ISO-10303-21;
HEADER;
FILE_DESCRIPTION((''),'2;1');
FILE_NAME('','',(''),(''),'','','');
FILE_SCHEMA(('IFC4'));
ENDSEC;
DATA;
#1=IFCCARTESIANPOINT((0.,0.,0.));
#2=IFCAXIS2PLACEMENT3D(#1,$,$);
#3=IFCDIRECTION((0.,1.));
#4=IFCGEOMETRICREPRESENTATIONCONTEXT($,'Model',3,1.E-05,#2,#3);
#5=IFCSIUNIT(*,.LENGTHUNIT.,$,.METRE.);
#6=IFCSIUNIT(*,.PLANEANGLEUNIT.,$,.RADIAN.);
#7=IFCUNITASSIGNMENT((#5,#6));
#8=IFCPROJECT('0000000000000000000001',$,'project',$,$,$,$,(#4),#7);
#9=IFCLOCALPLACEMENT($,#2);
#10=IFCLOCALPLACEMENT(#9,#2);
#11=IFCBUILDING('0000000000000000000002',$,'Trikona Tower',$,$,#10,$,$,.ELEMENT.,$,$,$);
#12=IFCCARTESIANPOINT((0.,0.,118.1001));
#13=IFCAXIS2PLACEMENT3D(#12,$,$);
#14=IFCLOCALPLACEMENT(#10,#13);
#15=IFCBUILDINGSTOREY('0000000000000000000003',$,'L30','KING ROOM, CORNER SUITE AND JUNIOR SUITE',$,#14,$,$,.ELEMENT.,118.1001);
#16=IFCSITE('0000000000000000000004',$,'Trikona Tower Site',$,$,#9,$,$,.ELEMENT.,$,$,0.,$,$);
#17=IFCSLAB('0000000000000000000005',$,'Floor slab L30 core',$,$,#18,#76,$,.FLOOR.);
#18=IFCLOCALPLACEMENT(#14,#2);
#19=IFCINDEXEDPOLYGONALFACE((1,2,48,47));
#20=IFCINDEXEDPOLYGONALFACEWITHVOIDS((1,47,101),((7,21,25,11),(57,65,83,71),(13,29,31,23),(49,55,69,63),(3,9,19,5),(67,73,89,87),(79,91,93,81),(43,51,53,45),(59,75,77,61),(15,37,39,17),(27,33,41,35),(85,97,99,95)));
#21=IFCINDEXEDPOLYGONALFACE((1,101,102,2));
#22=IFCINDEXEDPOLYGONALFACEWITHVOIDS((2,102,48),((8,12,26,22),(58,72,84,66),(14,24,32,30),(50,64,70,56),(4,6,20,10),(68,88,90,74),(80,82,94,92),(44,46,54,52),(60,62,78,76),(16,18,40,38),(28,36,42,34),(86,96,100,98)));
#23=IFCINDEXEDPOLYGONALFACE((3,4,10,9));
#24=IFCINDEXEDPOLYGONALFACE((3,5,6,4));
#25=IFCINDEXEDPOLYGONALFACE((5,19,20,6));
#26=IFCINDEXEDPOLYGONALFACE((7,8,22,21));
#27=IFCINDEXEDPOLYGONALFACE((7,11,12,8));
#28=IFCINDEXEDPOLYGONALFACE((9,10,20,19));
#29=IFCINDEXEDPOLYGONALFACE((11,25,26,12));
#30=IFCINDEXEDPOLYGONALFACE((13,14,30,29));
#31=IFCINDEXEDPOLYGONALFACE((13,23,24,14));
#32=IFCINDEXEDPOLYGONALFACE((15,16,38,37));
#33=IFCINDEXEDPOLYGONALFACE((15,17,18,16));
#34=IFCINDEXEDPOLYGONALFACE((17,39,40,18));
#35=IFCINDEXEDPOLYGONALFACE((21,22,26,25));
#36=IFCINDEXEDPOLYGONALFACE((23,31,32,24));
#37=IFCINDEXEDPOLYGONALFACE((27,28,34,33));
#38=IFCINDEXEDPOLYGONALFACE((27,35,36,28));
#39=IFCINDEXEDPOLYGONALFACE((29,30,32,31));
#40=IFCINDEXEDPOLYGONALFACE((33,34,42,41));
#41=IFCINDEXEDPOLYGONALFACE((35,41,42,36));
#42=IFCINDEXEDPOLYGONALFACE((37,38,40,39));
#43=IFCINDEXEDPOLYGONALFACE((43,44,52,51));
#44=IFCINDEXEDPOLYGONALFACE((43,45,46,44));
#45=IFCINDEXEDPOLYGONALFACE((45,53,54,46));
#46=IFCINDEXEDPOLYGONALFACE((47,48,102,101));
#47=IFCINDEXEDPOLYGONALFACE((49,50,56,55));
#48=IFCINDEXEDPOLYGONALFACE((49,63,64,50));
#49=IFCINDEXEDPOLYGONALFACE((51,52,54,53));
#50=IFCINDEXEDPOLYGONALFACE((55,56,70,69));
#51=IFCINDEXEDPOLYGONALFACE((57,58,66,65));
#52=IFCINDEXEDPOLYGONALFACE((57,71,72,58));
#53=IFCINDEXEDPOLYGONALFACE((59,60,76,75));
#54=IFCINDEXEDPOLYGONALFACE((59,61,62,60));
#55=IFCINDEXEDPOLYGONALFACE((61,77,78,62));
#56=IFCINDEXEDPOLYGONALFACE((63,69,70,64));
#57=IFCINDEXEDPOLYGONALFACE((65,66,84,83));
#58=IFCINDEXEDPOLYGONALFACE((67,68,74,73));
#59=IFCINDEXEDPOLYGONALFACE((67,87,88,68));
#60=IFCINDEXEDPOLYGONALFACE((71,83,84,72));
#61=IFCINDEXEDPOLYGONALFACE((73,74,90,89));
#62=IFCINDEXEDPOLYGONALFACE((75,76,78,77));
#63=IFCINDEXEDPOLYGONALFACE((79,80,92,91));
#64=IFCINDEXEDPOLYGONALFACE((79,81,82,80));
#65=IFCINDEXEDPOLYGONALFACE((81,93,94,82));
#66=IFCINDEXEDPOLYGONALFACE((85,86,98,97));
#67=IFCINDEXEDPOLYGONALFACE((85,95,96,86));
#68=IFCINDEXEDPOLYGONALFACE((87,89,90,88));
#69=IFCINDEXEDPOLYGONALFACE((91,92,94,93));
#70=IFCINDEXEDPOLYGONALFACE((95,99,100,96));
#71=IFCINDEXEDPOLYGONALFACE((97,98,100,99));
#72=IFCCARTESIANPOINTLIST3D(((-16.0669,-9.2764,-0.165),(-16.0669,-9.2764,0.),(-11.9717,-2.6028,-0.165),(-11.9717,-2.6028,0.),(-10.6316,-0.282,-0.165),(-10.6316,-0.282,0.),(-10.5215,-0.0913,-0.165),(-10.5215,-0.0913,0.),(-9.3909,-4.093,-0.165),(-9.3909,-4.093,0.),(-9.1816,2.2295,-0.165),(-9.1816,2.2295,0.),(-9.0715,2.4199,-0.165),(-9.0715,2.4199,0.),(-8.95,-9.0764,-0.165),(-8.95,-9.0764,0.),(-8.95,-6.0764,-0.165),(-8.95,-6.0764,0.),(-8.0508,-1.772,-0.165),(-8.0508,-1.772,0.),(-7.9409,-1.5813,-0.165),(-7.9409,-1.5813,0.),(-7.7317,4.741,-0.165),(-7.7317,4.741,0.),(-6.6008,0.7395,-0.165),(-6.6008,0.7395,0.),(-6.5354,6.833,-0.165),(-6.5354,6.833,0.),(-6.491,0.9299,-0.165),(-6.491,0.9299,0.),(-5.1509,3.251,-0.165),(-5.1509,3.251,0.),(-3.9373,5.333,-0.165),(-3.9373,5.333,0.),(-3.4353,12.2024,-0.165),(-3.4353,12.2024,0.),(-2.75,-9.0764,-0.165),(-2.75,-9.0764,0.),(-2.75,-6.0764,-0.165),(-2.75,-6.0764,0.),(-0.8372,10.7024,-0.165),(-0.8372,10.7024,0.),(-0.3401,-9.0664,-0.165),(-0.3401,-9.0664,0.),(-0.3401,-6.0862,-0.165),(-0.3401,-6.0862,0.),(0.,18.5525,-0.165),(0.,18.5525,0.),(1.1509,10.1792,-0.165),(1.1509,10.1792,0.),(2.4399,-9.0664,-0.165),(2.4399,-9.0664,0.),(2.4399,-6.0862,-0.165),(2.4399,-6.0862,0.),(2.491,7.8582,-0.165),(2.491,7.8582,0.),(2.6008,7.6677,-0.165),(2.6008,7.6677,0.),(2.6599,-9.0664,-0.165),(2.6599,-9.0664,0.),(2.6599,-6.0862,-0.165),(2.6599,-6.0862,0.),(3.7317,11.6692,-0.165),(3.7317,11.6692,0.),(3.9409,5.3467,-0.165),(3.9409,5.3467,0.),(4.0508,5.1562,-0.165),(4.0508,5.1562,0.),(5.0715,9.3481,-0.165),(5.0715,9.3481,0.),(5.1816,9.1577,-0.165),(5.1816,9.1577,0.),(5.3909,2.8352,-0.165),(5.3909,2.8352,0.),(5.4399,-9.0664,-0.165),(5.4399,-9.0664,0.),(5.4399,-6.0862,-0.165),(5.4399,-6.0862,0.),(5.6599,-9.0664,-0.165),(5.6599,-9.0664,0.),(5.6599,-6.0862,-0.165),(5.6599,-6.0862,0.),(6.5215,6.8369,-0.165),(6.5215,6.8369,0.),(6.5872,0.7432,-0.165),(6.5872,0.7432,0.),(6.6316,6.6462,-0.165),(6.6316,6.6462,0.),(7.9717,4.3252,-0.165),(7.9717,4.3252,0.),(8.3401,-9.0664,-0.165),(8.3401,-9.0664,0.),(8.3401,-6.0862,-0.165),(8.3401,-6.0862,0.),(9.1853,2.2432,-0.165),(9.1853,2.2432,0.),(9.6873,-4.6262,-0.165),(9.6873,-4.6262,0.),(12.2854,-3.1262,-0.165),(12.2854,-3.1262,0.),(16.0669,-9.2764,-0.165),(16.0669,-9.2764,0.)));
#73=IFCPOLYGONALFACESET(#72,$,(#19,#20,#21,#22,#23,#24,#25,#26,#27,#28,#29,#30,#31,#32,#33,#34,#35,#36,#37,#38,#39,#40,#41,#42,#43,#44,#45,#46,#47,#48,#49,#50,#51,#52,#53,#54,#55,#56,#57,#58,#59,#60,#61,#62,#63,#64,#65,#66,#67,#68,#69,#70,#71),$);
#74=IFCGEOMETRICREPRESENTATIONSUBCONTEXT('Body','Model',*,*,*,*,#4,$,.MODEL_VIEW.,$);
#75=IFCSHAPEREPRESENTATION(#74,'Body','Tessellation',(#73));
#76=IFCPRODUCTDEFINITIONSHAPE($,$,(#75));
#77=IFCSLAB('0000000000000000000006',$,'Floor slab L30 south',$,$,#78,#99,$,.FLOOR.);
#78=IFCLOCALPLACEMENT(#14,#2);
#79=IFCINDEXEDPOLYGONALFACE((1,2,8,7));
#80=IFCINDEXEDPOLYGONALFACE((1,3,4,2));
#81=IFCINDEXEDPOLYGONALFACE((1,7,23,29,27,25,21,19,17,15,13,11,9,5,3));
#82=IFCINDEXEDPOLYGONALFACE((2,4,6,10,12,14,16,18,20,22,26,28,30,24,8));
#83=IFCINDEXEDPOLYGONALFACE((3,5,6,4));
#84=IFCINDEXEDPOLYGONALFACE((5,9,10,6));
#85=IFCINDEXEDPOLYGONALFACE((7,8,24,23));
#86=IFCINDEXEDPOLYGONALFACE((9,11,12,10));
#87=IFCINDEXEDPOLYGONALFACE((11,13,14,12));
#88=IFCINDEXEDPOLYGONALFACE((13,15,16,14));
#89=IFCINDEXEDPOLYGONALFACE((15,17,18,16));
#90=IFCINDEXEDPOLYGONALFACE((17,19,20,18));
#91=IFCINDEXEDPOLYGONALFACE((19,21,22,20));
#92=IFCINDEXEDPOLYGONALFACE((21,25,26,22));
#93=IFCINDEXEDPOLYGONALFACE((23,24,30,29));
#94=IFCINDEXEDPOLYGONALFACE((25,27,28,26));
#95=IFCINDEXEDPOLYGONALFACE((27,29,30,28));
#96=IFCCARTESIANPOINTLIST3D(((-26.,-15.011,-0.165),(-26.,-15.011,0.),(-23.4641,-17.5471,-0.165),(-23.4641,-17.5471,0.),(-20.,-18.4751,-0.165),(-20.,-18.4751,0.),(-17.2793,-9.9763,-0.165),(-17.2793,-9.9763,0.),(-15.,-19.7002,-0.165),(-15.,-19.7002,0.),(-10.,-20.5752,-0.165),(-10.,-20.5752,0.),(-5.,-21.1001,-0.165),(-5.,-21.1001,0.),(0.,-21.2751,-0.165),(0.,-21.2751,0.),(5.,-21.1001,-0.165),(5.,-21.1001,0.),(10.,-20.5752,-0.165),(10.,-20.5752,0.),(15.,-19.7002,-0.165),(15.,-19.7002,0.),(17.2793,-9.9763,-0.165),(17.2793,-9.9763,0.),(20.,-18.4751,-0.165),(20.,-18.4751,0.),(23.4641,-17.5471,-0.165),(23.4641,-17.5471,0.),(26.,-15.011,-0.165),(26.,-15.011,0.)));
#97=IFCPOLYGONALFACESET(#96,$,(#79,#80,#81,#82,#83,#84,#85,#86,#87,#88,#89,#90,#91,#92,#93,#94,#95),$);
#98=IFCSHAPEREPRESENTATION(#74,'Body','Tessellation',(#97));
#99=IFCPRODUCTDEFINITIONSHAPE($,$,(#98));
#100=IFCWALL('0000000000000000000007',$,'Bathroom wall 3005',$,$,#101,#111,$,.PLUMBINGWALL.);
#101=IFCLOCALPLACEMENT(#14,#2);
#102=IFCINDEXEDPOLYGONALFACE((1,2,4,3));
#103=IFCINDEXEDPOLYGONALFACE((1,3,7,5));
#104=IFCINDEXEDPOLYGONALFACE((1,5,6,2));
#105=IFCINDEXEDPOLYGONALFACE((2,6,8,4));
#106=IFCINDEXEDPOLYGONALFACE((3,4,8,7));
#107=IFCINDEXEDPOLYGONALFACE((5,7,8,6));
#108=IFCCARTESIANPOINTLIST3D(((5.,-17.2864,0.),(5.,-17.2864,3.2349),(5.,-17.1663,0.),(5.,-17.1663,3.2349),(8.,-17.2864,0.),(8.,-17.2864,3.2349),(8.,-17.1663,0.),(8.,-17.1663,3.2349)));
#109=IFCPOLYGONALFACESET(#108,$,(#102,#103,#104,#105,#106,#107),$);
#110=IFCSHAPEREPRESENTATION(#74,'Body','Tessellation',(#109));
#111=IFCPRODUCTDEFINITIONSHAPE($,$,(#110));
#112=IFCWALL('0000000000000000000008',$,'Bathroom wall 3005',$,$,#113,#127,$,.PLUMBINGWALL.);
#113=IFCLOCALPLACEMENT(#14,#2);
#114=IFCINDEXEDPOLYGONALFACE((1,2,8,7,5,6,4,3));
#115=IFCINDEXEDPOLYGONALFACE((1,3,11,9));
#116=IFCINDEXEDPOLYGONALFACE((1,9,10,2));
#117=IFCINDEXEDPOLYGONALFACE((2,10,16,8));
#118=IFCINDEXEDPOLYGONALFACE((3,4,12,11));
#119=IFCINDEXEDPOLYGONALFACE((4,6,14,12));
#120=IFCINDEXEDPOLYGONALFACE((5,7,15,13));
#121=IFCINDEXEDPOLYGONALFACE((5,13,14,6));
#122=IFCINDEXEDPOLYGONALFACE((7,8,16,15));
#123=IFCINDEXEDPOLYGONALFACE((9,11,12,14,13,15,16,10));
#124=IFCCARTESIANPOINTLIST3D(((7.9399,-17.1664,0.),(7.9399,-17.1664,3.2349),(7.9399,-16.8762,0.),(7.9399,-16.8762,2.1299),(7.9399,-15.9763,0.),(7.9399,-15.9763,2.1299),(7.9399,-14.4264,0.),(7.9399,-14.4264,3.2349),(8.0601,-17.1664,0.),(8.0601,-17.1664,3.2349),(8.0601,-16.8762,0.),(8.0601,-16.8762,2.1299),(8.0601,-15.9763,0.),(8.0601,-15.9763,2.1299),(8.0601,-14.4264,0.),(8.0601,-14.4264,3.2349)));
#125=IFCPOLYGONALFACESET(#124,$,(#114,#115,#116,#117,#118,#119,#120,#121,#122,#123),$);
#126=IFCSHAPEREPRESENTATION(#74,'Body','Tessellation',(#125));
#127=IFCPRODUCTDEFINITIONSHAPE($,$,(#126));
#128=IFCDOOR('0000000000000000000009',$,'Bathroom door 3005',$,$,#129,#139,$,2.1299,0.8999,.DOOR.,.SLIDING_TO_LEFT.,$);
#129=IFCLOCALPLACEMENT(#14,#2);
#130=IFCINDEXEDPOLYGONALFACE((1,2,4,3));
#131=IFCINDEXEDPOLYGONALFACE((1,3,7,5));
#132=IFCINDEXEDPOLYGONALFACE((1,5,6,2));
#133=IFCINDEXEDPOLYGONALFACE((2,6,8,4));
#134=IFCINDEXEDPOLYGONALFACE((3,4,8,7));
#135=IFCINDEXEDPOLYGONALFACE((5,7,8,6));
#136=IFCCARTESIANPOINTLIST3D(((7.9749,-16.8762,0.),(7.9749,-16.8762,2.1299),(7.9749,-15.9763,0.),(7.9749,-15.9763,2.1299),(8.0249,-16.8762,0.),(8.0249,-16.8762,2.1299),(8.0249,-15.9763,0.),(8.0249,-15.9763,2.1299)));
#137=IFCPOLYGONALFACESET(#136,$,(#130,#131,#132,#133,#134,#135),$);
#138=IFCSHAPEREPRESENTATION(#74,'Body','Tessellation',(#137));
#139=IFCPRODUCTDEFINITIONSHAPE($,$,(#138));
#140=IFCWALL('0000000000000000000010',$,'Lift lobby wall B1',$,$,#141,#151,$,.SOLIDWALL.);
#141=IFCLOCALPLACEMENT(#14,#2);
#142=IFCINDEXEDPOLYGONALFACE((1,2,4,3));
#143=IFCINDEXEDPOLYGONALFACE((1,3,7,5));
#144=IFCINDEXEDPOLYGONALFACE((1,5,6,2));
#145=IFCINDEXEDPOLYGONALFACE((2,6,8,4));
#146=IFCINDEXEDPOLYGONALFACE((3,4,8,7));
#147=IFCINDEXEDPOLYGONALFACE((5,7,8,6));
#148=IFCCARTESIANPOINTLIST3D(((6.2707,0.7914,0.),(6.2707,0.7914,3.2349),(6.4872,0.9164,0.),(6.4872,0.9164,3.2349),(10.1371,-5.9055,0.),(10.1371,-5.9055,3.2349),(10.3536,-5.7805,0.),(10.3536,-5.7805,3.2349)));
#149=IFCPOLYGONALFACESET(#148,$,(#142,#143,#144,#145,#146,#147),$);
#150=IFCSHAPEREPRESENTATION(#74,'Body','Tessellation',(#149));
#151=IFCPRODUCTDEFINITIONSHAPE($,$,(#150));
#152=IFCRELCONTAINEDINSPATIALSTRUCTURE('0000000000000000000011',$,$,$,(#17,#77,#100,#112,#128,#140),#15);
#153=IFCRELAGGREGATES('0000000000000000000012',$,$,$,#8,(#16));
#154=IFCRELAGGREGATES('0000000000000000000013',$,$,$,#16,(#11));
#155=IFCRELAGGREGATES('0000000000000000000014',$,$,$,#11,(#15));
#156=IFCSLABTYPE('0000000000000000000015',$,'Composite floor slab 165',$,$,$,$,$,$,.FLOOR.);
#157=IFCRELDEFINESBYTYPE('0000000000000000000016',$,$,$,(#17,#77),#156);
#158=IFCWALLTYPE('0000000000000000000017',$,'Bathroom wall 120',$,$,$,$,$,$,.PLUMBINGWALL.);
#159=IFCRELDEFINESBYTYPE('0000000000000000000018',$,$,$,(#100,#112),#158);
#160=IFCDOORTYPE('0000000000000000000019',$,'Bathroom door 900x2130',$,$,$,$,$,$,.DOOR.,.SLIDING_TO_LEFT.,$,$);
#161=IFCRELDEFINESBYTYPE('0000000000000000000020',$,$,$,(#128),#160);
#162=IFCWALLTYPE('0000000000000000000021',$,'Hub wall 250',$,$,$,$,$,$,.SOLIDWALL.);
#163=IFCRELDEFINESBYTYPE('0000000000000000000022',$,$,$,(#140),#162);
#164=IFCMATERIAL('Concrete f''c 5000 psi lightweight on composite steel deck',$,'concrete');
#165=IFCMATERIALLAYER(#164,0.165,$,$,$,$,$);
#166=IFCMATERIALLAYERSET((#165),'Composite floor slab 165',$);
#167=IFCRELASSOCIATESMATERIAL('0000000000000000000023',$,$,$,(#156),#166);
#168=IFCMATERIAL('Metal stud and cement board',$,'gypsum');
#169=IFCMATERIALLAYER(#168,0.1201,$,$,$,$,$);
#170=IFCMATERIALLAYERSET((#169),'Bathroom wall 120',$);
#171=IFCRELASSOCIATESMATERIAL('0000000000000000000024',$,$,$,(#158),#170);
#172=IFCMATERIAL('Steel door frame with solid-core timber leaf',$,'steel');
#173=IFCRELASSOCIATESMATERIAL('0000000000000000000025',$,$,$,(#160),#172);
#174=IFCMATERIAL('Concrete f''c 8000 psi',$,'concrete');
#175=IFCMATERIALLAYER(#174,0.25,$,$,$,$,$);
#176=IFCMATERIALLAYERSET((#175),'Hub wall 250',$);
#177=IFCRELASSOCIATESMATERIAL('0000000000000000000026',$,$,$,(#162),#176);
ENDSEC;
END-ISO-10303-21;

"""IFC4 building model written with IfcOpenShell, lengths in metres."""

from ifc_helpers import new_model, si_unit, direction, frame, frame_2d, origin, place, context, subcontext, project, spatial, polyline, rectangle, outline, extrude, material, layer, layer_set, type_object, element, fill, save


model = new_model("IFC4")

# Units and contexts
model_context = context("Model", 3, precision=1e-05, world=origin(), true_north=direction((0.0, 1.0)))
body_context = subcontext(model_context, "Body", "Model", "MODEL_VIEW")
ifc_project = project(units=[si_unit("LENGTHUNIT", "METRE"), si_unit("PLANEANGLEUNIT", "RADIAN")], contexts=[model_context])

# Site, building, storey
site_placement = place(None, origin())
site = spatial("IfcSite", under=ifc_project, at=site_placement, Name="Trikona Tower Site", CompositionType="ELEMENT", RefElevation=0.0)
building_placement = place(site_placement, origin())
building = spatial("IfcBuilding", under=site, at=building_placement, Name="Trikona Tower", CompositionType="ELEMENT")
storey_placement = place(building_placement, frame((0.0, 0.0, 118.1001)))
storey = spatial("IfcBuildingStorey", under=building, at=storey_placement, Name="L30", Description="KING ROOM, CORNER SUITE AND JUNIOR SUITE", CompositionType="ELEMENT", Elevation=118.1001)

# Slabs
ifc_material_1 = material(Name="Concrete f'c 5000 psi lightweight on composite steel deck", Category="concrete")
ifc_layer_1 = layer(ifc_material_1, 0.165)
ifc_layer_set_1 = layer_set([ifc_layer_1], Name="Composite floor slab 165")
slab_type = type_object("IfcSlabType", Name="Composite floor slab 165", PredefinedType="FLOOR", material=ifc_layer_set_1)
slab_1_placement = place(storey_placement, frame((0.0, 0.0, -0.165)))
element("IfcSlab", 1, at=slab_1_placement, inside=storey, type_object=slab_type, Name="Floor slab L30 core", PredefinedType="FLOOR", context=body_context, shape_type="SweptSolid", body=[
    extrude(outline(polyline([(-16.0669, -9.2764), (16.0669, -9.2764), (0.0, 18.5525), (-16.0669, -9.2764)]), holes=[polyline([(12.2854, -3.1262), (9.1853, 2.2432), (6.5872, 0.7432), (9.6873, -4.6262), (12.2854, -3.1262)]), polyline([(8.3401, -9.0664), (8.3401, -6.0862), (5.6599, -6.0862), (5.6599, -9.0664), (8.3401, -9.0664)]), polyline([(5.3909, 2.8352), (7.9717, 4.3252), (6.6316, 6.6462), (4.0508, 5.1562), (5.3909, 2.8352)]), polyline([(2.6008, 7.6677), (3.9409, 5.3467), (6.5215, 6.8369), (5.1816, 9.1577), (2.6008, 7.6677)]), polyline([(5.4399, -6.0862), (2.6599, -6.0862), (2.6599, -9.0664), (5.4399, -9.0664), (5.4399, -6.0862)]), polyline([(3.7317, 11.6692), (1.1509, 10.1792), (2.491, 7.8582), (5.0715, 9.3481), (3.7317, 11.6692)]), polyline([(-0.3401, -6.0862), (-0.3401, -9.0664), (2.4399, -9.0664), (2.4399, -6.0862), (-0.3401, -6.0862)]), polyline([(-3.4353, 12.2024), (-6.5354, 6.833), (-3.9373, 5.333), (-0.8372, 10.7024), (-3.4353, 12.2024)]), polyline([(-8.95, -9.0764), (-2.75, -9.0764), (-2.75, -6.0764), (-8.95, -6.0764), (-8.95, -9.0764)]), polyline([(-5.1509, 3.251), (-7.7317, 4.741), (-9.0715, 2.4199), (-6.491, 0.9299), (-5.1509, 3.251)]), polyline([(-7.9409, -1.5813), (-6.6008, 0.7395), (-9.1816, 2.2295), (-10.5215, -0.0913), (-7.9409, -1.5813)]), polyline([(-11.9717, -2.6028), (-9.3909, -4.093), (-8.0508, -1.772), (-10.6316, -0.282), (-11.9717, -2.6028)])]), origin(), (0.0, 0.0, 1.0), 0.165),
])
slab_2_placement = place(storey_placement, frame((0.0, 0.0, -0.165)))
element("IfcSlab", 2, at=slab_2_placement, inside=storey, type_object=slab_type, Name="Floor slab L30 south", PredefinedType="FLOOR", context=body_context, shape_type="SweptSolid", body=[
    extrude(outline(polyline([(23.4641, -17.5471), (26.0, -15.011), (17.2793, -9.9763), (-17.2793, -9.9763), (-26.0, -15.011), (-23.4641, -17.5471), (-20.0, -18.4751), (-15.0, -19.7002), (-10.0, -20.5752), (-5.0, -21.1001), (0.0, -21.2751), (5.0, -21.1001), (10.0, -20.5752), (15.0, -19.7002), (20.0, -18.4751), (23.4641, -17.5471)])), origin(), (0.0, 0.0, 1.0), 0.165),
])

# Wall
ifc_material_2 = material(Name="Metal stud and cement board", Category="gypsum")
ifc_layer_2 = layer(ifc_material_2, 0.1201)
ifc_layer_set_2 = layer_set([ifc_layer_2], Name="Bathroom wall 120")
wall_type_1 = type_object("IfcWallType", Name="Bathroom wall 120", PredefinedType="PLUMBINGWALL", material=ifc_layer_set_2)
wall_1_placement = place(storey_placement, frame((5.0, -17.2263, 0.0), z_axis=(0.0, 0.0, 1.0), x_axis=(1.0, 0.0, 0.0)))
element("IfcWall", 3, at=wall_1_placement, inside=storey, type_object=wall_type_1, Name="Bathroom wall 3005", PredefinedType="PLUMBINGWALL", context=body_context, shape_type="SweptSolid", body=[
    extrude(rectangle(XDim=3.0, YDim=0.1201, at=frame_2d((1.5, 0.0))), origin(), (0.0, 0.0, 1.0), 3.2349),
])

# Wall, opening, door
wall_2_placement = place(storey_placement, frame((8.0, -14.4263, 0.0), z_axis=(0.0, 0.0, 1.0), x_axis=(0.0, -1.0, 0.0)))
wall_2 = element("IfcWall", 4, at=wall_2_placement, inside=storey, type_object=wall_type_1, Name="Bathroom wall 3005", PredefinedType="PLUMBINGWALL", context=body_context, shape_type="SweptSolid", body=[
    extrude(rectangle(XDim=2.74, YDim=0.1201, at=frame_2d((1.3701, 0.0))), origin(), (0.0, 0.0, 1.0), 3.2349),
])
opening_1_placement = place(wall_2_placement, frame((1.55, 0.0, 0.0)))
opening_1 = element("IfcOpeningElement", 5, at=opening_1_placement, cuts=wall_2, PredefinedType="OPENING", context=body_context, shape_type="SweptSolid", body=[
    extrude(rectangle(XDim=0.8999, YDim=2.1299, at=frame_2d((0.45, 1.0649))), frame((0.0, 0.0701, 0.0), z_axis=(0.0, -1.0, 0.0), x_axis=(1.0, 0.0, 0.0)), (0.0, 0.0, 1.0), 0.1401),
])
ifc_material_3 = material(Name="Steel door frame with solid-core timber leaf", Category="steel")
door_type_1 = type_object("IfcDoorType", Name="Bathroom door 900x2130", OperationType="SLIDING_TO_LEFT", PredefinedType="DOOR", material=ifc_material_3)
door_1_placement = place(opening_1_placement, origin())
door_1 = element("IfcDoor", 6, at=door_1_placement, inside=storey, type_object=door_type_1, Name="Bathroom door 3005", OperationType="SLIDING_TO_LEFT", OverallHeight=2.1299, OverallWidth=0.8999, PredefinedType="DOOR", context=body_context, shape_type="SweptSolid", body=[
    extrude(rectangle(XDim=0.8999, YDim=2.1299, at=frame_2d((0.45, 1.0649))), frame((0.0, 0.0249, 0.0), z_axis=(0.0, -1.0, 0.0), x_axis=(1.0, 0.0, 0.0)), (0.0, 0.0, 1.0), 0.05),
])
fill(opening_1, door_1)

# Wall
ifc_material_4 = material(Name="Concrete f'c 8000 psi", Category="concrete")
ifc_layer_3 = layer(ifc_material_4, 0.25)
ifc_layer_set_3 = layer_set([ifc_layer_3], Name="Hub wall 250")
wall_type_2 = type_object("IfcWallType", Name="Hub wall 250", PredefinedType="SOLIDWALL", material=ifc_layer_set_3)
wall_3_placement = place(storey_placement, frame((10.2454, -5.843, 0.0), z_axis=(0.0, 0.0, 1.0), x_axis=(-0.499993, 0.866029, 0.0)))
element("IfcWall", 7, at=wall_3_placement, inside=storey, type_object=wall_type_2, Name="Lift lobby wall B1", PredefinedType="SOLIDWALL", context=body_context, shape_type="SweptSolid", body=[
    extrude(rectangle(XDim=7.7329, YDim=0.25, at=frame_2d((3.8665, 0.0))), origin(), (0.0, 0.0, 1.0), 3.2349),
])

save(model, "model.ifc")
